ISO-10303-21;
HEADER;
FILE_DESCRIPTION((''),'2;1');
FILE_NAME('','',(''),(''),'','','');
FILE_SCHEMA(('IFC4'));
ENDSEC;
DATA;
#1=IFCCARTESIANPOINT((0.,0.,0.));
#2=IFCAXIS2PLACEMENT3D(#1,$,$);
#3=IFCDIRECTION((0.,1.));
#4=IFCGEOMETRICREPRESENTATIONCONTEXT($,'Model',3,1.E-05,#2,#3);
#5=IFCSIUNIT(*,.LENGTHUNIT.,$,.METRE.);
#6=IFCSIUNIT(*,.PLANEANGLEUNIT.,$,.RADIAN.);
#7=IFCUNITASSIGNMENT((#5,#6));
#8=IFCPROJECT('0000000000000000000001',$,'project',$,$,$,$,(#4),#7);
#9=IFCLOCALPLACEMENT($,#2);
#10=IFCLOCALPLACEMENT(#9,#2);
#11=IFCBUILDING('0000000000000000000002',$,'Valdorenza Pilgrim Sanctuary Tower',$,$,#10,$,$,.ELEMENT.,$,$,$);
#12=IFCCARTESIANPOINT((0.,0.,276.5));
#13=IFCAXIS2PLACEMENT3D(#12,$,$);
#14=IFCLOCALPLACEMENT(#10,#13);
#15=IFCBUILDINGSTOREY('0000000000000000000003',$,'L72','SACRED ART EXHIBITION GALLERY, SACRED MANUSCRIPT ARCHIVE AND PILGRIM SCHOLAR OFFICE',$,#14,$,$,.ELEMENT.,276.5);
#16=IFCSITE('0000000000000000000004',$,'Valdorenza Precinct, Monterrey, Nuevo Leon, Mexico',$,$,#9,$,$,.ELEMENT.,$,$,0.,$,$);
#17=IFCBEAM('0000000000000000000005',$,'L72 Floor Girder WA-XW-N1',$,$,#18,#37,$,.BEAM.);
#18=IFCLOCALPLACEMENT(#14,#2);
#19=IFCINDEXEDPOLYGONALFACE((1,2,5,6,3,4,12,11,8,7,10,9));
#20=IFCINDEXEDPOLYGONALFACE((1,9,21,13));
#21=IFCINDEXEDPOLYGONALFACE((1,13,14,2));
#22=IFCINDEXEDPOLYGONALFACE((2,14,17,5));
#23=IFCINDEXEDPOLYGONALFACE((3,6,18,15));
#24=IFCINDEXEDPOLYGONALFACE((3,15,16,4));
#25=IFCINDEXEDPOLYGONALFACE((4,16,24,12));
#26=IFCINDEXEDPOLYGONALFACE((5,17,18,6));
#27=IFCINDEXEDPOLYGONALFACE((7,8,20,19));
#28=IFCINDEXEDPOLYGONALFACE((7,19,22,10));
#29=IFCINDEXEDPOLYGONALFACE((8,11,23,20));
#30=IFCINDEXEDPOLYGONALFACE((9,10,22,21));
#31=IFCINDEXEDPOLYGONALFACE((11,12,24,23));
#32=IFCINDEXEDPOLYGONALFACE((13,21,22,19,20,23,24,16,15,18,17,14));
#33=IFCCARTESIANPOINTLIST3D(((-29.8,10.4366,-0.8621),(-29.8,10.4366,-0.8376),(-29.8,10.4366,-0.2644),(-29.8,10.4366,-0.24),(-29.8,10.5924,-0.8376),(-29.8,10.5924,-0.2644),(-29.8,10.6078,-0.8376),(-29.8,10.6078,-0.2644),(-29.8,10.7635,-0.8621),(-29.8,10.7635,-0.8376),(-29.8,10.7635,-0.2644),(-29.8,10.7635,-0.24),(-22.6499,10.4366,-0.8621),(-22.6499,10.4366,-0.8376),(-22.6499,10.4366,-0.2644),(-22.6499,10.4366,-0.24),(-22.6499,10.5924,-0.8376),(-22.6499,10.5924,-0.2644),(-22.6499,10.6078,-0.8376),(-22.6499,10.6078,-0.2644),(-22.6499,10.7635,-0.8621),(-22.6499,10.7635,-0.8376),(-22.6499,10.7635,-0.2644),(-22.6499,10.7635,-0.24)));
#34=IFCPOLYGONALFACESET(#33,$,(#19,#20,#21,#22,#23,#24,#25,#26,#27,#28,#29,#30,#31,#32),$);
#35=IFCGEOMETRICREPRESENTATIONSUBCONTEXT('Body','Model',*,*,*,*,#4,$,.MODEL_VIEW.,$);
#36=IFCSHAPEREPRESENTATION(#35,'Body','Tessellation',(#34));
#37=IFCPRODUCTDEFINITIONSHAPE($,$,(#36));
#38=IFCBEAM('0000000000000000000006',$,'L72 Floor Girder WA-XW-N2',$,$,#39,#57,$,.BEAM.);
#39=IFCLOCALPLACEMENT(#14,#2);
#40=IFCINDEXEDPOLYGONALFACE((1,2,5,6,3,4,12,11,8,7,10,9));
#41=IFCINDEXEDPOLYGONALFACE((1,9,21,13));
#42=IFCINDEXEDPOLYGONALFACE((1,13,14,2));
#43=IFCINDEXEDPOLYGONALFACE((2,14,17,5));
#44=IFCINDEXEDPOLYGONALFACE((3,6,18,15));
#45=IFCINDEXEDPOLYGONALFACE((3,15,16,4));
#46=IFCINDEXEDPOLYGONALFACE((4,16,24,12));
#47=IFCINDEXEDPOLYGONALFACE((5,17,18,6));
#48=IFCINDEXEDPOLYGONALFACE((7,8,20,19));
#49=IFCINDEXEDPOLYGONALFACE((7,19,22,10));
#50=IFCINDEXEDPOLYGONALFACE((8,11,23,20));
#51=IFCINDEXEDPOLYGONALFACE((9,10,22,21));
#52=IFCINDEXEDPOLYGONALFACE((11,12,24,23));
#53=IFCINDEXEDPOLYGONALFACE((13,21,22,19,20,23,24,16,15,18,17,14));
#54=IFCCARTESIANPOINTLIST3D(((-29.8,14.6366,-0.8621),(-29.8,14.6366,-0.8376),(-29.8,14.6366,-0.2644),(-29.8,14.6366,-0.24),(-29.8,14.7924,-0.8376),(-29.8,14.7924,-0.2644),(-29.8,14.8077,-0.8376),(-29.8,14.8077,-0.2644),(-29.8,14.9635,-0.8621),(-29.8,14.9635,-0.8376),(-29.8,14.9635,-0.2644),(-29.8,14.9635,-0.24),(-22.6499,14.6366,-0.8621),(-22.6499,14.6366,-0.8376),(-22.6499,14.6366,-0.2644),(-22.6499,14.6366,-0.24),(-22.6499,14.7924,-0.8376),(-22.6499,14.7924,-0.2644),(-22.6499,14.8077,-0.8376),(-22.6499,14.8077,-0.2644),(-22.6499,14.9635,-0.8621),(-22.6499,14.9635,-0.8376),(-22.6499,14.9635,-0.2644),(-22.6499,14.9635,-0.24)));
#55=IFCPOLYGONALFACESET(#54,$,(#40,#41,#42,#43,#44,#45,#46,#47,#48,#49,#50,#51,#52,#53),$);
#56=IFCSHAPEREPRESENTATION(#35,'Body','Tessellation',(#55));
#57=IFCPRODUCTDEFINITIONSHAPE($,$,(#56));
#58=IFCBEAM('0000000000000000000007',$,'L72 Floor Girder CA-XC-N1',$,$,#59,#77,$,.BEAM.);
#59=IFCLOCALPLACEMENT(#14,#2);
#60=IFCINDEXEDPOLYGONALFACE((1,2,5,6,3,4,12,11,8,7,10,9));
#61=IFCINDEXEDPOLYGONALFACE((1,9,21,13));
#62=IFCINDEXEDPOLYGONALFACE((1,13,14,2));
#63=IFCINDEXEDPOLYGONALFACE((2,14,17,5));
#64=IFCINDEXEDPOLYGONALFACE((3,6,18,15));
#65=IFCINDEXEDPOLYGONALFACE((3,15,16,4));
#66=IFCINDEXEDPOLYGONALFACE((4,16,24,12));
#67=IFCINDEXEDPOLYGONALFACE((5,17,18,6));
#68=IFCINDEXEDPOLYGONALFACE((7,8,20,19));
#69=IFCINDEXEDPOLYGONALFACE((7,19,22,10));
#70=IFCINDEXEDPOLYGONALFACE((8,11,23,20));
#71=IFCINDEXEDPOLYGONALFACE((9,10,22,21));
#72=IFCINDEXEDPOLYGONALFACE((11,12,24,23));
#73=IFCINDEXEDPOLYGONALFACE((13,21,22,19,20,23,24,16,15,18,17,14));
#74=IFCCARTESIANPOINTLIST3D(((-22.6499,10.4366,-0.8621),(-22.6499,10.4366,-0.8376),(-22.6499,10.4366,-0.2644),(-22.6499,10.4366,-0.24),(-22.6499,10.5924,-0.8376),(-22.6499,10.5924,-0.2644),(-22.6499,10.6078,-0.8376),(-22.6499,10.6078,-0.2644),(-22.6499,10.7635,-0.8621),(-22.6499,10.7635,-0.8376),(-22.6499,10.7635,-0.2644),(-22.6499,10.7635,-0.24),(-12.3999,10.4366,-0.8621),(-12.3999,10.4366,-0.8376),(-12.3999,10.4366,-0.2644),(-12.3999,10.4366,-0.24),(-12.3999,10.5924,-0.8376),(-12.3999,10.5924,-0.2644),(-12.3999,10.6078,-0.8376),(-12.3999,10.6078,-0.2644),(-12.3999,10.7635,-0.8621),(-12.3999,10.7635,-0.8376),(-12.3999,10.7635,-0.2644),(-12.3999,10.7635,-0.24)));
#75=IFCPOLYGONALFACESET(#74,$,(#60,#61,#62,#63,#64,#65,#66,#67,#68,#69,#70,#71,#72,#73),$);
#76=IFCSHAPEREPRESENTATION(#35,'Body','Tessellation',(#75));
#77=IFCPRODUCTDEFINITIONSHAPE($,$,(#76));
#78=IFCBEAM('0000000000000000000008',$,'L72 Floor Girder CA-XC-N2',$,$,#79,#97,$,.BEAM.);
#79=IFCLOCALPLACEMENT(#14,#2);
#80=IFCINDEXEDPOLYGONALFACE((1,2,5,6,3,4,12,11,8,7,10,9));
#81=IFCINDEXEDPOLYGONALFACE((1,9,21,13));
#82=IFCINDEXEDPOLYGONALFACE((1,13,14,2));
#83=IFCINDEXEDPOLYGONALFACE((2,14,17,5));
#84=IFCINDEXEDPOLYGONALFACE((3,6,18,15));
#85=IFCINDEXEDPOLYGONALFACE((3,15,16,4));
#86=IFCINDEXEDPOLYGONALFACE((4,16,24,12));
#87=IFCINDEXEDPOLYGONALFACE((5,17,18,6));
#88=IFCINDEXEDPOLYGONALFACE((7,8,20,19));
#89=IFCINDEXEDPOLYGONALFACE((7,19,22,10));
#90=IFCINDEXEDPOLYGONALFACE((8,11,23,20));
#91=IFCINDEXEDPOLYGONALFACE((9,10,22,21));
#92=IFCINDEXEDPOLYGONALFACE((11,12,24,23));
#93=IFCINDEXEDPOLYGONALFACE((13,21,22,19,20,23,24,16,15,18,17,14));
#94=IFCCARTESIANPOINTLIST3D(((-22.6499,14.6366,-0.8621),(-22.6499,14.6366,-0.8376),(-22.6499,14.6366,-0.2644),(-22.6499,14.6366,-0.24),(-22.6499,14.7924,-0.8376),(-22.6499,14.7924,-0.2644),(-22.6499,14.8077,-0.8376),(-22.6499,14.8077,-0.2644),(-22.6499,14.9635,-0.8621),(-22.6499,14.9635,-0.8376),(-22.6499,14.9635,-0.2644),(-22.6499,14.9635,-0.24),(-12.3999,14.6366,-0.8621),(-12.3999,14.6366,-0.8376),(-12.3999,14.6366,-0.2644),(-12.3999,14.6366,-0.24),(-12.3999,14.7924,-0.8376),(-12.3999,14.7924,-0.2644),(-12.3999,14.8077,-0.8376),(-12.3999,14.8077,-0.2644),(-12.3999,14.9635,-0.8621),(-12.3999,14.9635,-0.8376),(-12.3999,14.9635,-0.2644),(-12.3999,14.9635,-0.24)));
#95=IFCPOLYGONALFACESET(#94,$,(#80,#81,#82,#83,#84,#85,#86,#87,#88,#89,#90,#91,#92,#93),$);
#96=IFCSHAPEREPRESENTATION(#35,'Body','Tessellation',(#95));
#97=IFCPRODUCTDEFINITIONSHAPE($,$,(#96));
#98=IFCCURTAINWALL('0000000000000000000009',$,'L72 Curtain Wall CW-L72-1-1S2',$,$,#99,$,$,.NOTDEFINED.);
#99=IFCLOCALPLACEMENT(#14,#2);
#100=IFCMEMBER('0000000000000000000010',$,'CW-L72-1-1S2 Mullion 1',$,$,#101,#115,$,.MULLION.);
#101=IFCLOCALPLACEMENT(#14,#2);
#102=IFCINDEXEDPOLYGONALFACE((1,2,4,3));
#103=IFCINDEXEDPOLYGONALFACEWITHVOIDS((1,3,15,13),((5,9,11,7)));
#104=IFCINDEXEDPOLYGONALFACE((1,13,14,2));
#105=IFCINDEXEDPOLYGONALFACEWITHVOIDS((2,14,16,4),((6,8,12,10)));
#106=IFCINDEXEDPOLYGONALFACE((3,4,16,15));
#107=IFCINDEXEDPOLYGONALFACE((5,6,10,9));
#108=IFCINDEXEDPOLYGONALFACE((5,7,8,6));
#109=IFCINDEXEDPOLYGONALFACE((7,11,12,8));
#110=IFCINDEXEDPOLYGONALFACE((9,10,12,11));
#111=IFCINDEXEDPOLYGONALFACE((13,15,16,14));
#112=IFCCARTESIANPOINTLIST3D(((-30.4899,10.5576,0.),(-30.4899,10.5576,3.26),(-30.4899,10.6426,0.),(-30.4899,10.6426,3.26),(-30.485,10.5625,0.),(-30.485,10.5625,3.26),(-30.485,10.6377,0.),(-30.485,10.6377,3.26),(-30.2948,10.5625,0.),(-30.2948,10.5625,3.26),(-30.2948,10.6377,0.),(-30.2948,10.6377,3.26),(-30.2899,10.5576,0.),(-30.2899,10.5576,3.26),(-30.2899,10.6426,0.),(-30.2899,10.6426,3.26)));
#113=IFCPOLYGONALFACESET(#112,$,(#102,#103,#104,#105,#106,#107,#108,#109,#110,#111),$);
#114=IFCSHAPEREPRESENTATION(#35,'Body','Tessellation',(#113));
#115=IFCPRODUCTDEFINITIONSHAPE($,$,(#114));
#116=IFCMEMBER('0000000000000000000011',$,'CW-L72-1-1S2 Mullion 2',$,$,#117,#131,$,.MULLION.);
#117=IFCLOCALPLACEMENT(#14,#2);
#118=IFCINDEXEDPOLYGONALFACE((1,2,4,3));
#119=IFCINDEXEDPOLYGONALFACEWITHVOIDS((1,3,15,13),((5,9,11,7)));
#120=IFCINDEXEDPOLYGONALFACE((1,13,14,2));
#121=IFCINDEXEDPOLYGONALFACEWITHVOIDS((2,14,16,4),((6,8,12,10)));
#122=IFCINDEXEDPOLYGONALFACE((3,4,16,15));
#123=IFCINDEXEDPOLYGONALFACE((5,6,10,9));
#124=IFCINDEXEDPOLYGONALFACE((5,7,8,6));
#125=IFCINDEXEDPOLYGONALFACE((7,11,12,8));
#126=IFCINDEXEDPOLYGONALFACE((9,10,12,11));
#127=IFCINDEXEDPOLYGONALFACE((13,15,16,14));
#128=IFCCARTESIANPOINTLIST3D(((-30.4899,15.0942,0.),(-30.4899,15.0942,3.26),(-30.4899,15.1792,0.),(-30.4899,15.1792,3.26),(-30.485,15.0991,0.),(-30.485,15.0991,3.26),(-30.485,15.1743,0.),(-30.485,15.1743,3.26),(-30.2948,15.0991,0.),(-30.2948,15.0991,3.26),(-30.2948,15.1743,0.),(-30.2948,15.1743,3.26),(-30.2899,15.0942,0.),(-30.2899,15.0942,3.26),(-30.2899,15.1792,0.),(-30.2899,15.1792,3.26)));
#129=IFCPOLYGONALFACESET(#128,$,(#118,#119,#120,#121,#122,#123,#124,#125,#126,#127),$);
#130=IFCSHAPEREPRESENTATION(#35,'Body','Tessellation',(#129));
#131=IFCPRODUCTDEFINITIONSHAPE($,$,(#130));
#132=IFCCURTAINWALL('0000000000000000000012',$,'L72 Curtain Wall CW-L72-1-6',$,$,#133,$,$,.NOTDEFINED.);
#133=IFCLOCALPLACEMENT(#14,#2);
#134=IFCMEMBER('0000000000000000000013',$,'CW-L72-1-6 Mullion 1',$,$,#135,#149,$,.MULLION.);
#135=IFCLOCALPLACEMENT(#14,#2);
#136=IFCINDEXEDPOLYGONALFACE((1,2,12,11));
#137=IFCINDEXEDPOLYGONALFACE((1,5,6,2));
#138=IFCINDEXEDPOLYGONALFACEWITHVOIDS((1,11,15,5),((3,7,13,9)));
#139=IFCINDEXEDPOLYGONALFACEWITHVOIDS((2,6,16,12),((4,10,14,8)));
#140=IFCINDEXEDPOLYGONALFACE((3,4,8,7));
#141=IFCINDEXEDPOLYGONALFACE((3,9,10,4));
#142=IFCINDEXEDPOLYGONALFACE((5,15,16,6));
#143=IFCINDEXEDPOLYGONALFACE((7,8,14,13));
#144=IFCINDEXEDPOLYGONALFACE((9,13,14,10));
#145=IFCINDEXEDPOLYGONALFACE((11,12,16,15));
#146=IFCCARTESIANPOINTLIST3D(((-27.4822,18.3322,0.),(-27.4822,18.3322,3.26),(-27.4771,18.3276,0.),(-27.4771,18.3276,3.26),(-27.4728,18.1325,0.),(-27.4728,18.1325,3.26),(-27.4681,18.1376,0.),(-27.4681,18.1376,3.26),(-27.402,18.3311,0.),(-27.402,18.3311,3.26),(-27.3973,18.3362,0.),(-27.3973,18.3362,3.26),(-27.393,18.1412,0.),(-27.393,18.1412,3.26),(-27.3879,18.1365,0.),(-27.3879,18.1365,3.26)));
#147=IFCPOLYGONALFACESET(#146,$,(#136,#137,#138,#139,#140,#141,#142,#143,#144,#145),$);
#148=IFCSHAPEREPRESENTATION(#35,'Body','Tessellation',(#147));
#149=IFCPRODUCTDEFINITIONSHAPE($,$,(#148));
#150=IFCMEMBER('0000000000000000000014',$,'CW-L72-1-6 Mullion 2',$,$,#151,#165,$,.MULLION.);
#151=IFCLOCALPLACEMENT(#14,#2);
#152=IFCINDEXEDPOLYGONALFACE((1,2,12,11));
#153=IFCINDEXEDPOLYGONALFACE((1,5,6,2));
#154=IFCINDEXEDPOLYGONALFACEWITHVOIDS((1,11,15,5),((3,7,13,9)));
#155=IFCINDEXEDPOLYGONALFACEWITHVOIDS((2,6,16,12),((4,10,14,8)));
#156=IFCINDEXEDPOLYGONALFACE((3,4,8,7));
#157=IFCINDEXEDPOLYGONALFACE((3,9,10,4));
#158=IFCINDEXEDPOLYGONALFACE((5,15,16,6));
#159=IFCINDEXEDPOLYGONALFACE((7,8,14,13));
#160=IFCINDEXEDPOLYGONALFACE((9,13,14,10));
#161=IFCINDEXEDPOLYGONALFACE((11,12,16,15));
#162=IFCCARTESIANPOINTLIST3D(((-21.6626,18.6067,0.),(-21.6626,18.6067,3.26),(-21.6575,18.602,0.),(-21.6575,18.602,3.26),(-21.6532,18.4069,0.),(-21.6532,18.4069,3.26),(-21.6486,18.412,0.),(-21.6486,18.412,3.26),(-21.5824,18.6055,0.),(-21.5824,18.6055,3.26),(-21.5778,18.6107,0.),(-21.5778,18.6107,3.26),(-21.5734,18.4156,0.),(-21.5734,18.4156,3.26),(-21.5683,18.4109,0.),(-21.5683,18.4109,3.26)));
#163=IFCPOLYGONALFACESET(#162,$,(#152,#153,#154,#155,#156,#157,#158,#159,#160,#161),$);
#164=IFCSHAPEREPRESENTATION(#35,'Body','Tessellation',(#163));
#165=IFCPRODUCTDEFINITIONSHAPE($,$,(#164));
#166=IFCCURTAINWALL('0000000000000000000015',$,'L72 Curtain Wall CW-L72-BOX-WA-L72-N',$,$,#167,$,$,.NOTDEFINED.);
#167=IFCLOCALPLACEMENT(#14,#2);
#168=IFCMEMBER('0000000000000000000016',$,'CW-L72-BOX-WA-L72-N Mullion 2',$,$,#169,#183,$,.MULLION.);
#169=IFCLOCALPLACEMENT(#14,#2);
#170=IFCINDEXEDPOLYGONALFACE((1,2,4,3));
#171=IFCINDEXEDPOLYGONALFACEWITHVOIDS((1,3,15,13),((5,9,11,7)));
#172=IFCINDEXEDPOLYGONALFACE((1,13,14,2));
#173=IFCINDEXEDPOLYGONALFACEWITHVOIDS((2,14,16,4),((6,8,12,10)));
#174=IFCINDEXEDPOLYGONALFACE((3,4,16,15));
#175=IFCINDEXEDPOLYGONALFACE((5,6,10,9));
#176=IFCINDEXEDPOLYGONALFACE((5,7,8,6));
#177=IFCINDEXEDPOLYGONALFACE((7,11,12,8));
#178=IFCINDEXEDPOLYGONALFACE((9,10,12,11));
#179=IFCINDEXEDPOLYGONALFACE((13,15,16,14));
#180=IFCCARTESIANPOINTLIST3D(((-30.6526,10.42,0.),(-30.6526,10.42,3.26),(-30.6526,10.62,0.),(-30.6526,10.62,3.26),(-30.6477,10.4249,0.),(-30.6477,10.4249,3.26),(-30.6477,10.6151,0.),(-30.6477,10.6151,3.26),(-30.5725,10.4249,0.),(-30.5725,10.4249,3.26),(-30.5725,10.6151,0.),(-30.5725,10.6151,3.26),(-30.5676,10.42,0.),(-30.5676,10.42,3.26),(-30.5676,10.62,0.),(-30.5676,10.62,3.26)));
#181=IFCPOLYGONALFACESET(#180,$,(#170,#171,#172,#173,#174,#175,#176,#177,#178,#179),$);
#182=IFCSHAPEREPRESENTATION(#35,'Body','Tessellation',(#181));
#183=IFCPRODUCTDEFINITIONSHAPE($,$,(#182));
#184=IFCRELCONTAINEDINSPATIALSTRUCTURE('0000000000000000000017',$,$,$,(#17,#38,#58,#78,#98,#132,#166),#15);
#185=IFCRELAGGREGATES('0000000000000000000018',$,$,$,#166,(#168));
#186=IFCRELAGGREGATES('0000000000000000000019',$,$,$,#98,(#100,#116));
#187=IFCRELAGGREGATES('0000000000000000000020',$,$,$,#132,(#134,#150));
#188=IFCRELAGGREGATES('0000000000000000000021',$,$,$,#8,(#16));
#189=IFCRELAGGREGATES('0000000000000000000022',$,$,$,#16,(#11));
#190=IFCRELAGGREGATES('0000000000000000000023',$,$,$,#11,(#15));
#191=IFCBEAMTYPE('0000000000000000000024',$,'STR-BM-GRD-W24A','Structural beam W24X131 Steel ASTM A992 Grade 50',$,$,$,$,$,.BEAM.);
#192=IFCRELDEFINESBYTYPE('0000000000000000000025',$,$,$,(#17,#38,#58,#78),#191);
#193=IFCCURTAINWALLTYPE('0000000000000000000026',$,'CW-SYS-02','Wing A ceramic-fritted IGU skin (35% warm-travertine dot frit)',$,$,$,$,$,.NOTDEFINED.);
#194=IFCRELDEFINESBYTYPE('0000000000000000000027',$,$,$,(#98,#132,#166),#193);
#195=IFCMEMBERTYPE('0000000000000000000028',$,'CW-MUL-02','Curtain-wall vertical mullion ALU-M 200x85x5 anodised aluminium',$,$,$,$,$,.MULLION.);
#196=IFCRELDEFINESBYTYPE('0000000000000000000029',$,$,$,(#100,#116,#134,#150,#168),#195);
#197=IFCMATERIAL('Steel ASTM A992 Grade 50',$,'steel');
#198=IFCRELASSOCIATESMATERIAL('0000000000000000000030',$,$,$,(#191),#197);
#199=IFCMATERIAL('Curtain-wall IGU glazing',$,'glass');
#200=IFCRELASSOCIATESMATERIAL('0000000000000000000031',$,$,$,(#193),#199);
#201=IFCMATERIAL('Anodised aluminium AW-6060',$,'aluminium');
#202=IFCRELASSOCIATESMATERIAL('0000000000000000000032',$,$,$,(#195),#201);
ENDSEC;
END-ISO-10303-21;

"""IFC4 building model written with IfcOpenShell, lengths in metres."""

from ifc_helpers import new_model, si_unit, direction, frame, origin, origin_2d, place, context, subcontext, project, spatial, hollow_rectangle, i_section, extrude, source, transform, mapped, material, material_profile, profile_set, type_object, element, aggregate, save


model = new_model("IFC4")

# Units and contexts
model_context = context("Model", 3, precision=1e-05, world=origin(), true_north=direction((0.0, 1.0)))
body_context = subcontext(model_context, "Body", "Model", "MODEL_VIEW")
ifc_project = project(units=[si_unit("LENGTHUNIT", "METRE"), si_unit("PLANEANGLEUNIT", "RADIAN")], contexts=[model_context])

# Site, building, storey
site_placement = place(None, origin())
site = spatial("IfcSite", under=ifc_project, at=site_placement, Name="Valdorenza Precinct, Monterrey, Nuevo Leon, Mexico", CompositionType="ELEMENT", RefElevation=0.0)
building_placement = place(site_placement, origin())
building = spatial("IfcBuilding", under=site, at=building_placement, Name="Valdorenza Pilgrim Sanctuary Tower", CompositionType="ELEMENT")
storey_placement = place(building_placement, frame((0.0, 0.0, 276.5)))
storey = spatial("IfcBuildingStorey", under=building, at=storey_placement, Name="L72", Description="SACRED ART EXHIBITION GALLERY, SACRED MANUSCRIPT ARCHIVE AND PILGRIM SCHOLAR OFFICE", CompositionType="ELEMENT", Elevation=276.5)

# Beams
ifc_material_1 = material(Name="Steel ASTM A992 Grade 50", Category="steel")
ifc_material_profile_1 = material_profile(ifc_material_1, i_section(OverallWidth=0.3269, OverallDepth=0.6221, WebThickness=0.0154, FlangeThickness=0.0244, at=origin_2d()), Name="W24X131")
ifc_profile_set_1 = profile_set([ifc_material_profile_1], Name="Steel ASTM A992 Grade 50")
beam_type_1 = type_object("IfcBeamType", Name="STR-BM-GRD-W24A", Description="Structural beam W24X131 Steel ASTM A992 Grade 50", PredefinedType="BEAM", material=ifc_profile_set_1)
shared_shape_1 = source(origin(), body_context, "Body", "SweptSolid", [
    extrude(i_section(OverallWidth=0.3269, OverallDepth=0.6221, WebThickness=0.0154, FlangeThickness=0.0244, at=origin_2d()), origin(), (0.0, 0.0, 1.0), 7.1501),
])
for number, where, z_axis, x_axis, name in (
    (1, (-29.8, 10.6001, -0.551), (1.0, 0.0, 0.0), (0.0, 1.0, 0.0), "L72 Floor Girder WA-XW-N1"),
    (2, (-29.8, 14.8, -0.551), (1.0, 0.0, 0.0), (0.0, 1.0, 0.0), "L72 Floor Girder WA-XW-N2"),
):
    element("IfcBeam", number, at=place(storey_placement, frame(where, z_axis=z_axis, x_axis=x_axis)), inside=storey, type_object=beam_type_1, Name=name, PredefinedType="BEAM", context=body_context, shape_type="MappedRepresentation", body=[
        mapped(shared_shape_1, transform((0.0, 0.0, 0.0), x_axis=(1.0, 0.0, 0.0), y_axis=(0.0, 1.0, 0.0), z_axis=(0.0, 0.0, 1.0), scale=1.0)),
    ])
shared_shape_2 = source(origin(), body_context, "Body", "SweptSolid", [
    extrude(i_section(OverallWidth=0.3269, OverallDepth=0.6221, WebThickness=0.0154, FlangeThickness=0.0244, at=origin_2d()), origin(), (0.0, 0.0, 1.0), 10.25),
])
for number, where, z_axis, x_axis, name in (
    (3, (-22.6499, 10.6001, -0.551), (1.0, 0.0, 0.0), (0.0, 1.0, 0.0), "L72 Floor Girder CA-XC-N1"),
    (4, (-22.6499, 14.8, -0.551), (1.0, 0.0, 0.0), (0.0, 1.0, 0.0), "L72 Floor Girder CA-XC-N2"),
):
    element("IfcBeam", number, at=place(storey_placement, frame(where, z_axis=z_axis, x_axis=x_axis)), inside=storey, type_object=beam_type_1, Name=name, PredefinedType="BEAM", context=body_context, shape_type="MappedRepresentation", body=[
        mapped(shared_shape_2, transform((0.0, 0.0, 0.0), x_axis=(1.0, 0.0, 0.0), y_axis=(0.0, 1.0, 0.0), z_axis=(0.0, 0.0, 1.0), scale=1.0)),
    ])

# Curtain walls, members
ifc_material_2 = material(Name="Curtain-wall IGU glazing", Category="glass")
curtain_wall_type = type_object("IfcCurtainWallType", Name="CW-SYS-02", Description="Wing A ceramic-fritted IGU skin (35% warm-travertine dot frit)", PredefinedType="NOTDEFINED", material=ifc_material_2)
curtain_wall_1_placement = place(storey_placement, origin())
curtain_wall_1 = element("IfcCurtainWall", 5, at=curtain_wall_1_placement, inside=storey, type_object=curtain_wall_type, Name="L72 Curtain Wall CW-L72-1-1S2", PredefinedType="NOTDEFINED")
ifc_material_3 = material(Name="Anodised aluminium AW-6060", Category="aluminium")
ifc_material_profile_2 = material_profile(ifc_material_3, hollow_rectangle(XDim=0.085, YDim=0.2, WallThickness=0.0049, at=origin_2d()), Name="ALU-M 200x85x5")
ifc_profile_set_2 = profile_set([ifc_material_profile_2], Name="Anodised aluminium AW-6060")
member_type_1 = type_object("IfcMemberType", Name="CW-MUL-02", Description="Curtain-wall vertical mullion ALU-M 200x85x5 anodised aluminium", PredefinedType="MULLION", material=ifc_profile_set_2)
shared_shape_3 = source(origin(), body_context, "Body", "SweptSolid", [
    extrude(hollow_rectangle(XDim=0.085, YDim=0.2, WallThickness=0.0049, at=origin_2d()), origin(), (0.0, 0.0, 1.0), 3.26),
])
member_1_placement = place(storey_placement, frame((-30.3899, 10.6001, 0.0), z_axis=(0.0, 0.0, 1.0), x_axis=(0.0, 1.0, 0.0)))
member_1 = element("IfcMember", 6, at=member_1_placement, type_object=member_type_1, Name="CW-L72-1-1S2 Mullion 1", PredefinedType="MULLION", context=body_context, shape_type="MappedRepresentation", body=[
    mapped(shared_shape_3, transform((0.0, 0.0, 0.0), x_axis=(1.0, 0.0, 0.0), y_axis=(0.0, 1.0, 0.0), z_axis=(0.0, 0.0, 1.0), scale=1.0)),
])
member_2_placement = place(storey_placement, frame((-30.3899, 15.1367, 0.0), z_axis=(0.0, 0.0, 1.0), x_axis=(0.0, 1.0, 0.0)))
member_2 = element("IfcMember", 7, at=member_2_placement, type_object=member_type_1, Name="CW-L72-1-1S2 Mullion 2", PredefinedType="MULLION", context=body_context, shape_type="MappedRepresentation", body=[
    mapped(shared_shape_3, transform((0.0, 0.0, 0.0), x_axis=(1.0, 0.0, 0.0), y_axis=(0.0, 1.0, 0.0), z_axis=(0.0, 0.0, 1.0), scale=1.0)),
])
curtain_wall_2_placement = place(storey_placement, origin())
curtain_wall_2 = element("IfcCurtainWall", 8, at=curtain_wall_2_placement, inside=storey, type_object=curtain_wall_type, Name="L72 Curtain Wall CW-L72-1-6", PredefinedType="NOTDEFINED")
member_3_placement = place(storey_placement, frame((-27.4351, 18.2344, 0.0), z_axis=(0.0, 0.0, 1.0), x_axis=(0.998891, 0.047089, 0.0)))
member_3 = element("IfcMember", 9, at=member_3_placement, type_object=member_type_1, Name="CW-L72-1-6 Mullion 1", PredefinedType="MULLION", context=body_context, shape_type="MappedRepresentation", body=[
    mapped(shared_shape_3, transform((0.0, 0.0, 0.0), x_axis=(1.0, 0.0, 0.0), y_axis=(0.0, 1.0, 0.0), z_axis=(0.0, 0.0, 1.0), scale=1.0)),
])
member_4_placement = place(storey_placement, frame((-21.6155, 18.5088, 0.0), z_axis=(0.0, 0.0, 1.0), x_axis=(0.998891, 0.047089, 0.0)))
member_4 = element("IfcMember", 10, at=member_4_placement, type_object=member_type_1, Name="CW-L72-1-6 Mullion 2", PredefinedType="MULLION", context=body_context, shape_type="MappedRepresentation", body=[
    mapped(shared_shape_3, transform((0.0, 0.0, 0.0), x_axis=(1.0, 0.0, 0.0), y_axis=(0.0, 1.0, 0.0), z_axis=(0.0, 0.0, 1.0), scale=1.0)),
])

# Curtain wall, member
curtain_wall_3_placement = place(storey_placement, origin())
curtain_wall_3 = element("IfcCurtainWall", 11, at=curtain_wall_3_placement, inside=storey, type_object=curtain_wall_type, Name="L72 Curtain Wall CW-L72-BOX-WA-L72-N", PredefinedType="NOTDEFINED")
member_5_placement = place(storey_placement, frame((-30.6101, 10.52, 0.0), z_axis=(0.0, 0.0, 1.0), x_axis=(1.0, 0.0, 0.0)))
member_5 = element("IfcMember", 12, at=member_5_placement, type_object=member_type_1, Name="CW-L72-BOX-WA-L72-N Mullion 2", PredefinedType="MULLION", context=body_context, shape_type="MappedRepresentation", body=[
    mapped(shared_shape_3, transform((0.0, 0.0, 0.0), x_axis=(1.0, 0.0, 0.0), y_axis=(0.0, 1.0, 0.0), z_axis=(0.0, 0.0, 1.0), scale=1.0)),
])
aggregate(curtain_wall_3, [member_5])

aggregate(curtain_wall_1, [member_1, member_2])
aggregate(curtain_wall_2, [member_3, member_4])

save(model, "model.ifc")
